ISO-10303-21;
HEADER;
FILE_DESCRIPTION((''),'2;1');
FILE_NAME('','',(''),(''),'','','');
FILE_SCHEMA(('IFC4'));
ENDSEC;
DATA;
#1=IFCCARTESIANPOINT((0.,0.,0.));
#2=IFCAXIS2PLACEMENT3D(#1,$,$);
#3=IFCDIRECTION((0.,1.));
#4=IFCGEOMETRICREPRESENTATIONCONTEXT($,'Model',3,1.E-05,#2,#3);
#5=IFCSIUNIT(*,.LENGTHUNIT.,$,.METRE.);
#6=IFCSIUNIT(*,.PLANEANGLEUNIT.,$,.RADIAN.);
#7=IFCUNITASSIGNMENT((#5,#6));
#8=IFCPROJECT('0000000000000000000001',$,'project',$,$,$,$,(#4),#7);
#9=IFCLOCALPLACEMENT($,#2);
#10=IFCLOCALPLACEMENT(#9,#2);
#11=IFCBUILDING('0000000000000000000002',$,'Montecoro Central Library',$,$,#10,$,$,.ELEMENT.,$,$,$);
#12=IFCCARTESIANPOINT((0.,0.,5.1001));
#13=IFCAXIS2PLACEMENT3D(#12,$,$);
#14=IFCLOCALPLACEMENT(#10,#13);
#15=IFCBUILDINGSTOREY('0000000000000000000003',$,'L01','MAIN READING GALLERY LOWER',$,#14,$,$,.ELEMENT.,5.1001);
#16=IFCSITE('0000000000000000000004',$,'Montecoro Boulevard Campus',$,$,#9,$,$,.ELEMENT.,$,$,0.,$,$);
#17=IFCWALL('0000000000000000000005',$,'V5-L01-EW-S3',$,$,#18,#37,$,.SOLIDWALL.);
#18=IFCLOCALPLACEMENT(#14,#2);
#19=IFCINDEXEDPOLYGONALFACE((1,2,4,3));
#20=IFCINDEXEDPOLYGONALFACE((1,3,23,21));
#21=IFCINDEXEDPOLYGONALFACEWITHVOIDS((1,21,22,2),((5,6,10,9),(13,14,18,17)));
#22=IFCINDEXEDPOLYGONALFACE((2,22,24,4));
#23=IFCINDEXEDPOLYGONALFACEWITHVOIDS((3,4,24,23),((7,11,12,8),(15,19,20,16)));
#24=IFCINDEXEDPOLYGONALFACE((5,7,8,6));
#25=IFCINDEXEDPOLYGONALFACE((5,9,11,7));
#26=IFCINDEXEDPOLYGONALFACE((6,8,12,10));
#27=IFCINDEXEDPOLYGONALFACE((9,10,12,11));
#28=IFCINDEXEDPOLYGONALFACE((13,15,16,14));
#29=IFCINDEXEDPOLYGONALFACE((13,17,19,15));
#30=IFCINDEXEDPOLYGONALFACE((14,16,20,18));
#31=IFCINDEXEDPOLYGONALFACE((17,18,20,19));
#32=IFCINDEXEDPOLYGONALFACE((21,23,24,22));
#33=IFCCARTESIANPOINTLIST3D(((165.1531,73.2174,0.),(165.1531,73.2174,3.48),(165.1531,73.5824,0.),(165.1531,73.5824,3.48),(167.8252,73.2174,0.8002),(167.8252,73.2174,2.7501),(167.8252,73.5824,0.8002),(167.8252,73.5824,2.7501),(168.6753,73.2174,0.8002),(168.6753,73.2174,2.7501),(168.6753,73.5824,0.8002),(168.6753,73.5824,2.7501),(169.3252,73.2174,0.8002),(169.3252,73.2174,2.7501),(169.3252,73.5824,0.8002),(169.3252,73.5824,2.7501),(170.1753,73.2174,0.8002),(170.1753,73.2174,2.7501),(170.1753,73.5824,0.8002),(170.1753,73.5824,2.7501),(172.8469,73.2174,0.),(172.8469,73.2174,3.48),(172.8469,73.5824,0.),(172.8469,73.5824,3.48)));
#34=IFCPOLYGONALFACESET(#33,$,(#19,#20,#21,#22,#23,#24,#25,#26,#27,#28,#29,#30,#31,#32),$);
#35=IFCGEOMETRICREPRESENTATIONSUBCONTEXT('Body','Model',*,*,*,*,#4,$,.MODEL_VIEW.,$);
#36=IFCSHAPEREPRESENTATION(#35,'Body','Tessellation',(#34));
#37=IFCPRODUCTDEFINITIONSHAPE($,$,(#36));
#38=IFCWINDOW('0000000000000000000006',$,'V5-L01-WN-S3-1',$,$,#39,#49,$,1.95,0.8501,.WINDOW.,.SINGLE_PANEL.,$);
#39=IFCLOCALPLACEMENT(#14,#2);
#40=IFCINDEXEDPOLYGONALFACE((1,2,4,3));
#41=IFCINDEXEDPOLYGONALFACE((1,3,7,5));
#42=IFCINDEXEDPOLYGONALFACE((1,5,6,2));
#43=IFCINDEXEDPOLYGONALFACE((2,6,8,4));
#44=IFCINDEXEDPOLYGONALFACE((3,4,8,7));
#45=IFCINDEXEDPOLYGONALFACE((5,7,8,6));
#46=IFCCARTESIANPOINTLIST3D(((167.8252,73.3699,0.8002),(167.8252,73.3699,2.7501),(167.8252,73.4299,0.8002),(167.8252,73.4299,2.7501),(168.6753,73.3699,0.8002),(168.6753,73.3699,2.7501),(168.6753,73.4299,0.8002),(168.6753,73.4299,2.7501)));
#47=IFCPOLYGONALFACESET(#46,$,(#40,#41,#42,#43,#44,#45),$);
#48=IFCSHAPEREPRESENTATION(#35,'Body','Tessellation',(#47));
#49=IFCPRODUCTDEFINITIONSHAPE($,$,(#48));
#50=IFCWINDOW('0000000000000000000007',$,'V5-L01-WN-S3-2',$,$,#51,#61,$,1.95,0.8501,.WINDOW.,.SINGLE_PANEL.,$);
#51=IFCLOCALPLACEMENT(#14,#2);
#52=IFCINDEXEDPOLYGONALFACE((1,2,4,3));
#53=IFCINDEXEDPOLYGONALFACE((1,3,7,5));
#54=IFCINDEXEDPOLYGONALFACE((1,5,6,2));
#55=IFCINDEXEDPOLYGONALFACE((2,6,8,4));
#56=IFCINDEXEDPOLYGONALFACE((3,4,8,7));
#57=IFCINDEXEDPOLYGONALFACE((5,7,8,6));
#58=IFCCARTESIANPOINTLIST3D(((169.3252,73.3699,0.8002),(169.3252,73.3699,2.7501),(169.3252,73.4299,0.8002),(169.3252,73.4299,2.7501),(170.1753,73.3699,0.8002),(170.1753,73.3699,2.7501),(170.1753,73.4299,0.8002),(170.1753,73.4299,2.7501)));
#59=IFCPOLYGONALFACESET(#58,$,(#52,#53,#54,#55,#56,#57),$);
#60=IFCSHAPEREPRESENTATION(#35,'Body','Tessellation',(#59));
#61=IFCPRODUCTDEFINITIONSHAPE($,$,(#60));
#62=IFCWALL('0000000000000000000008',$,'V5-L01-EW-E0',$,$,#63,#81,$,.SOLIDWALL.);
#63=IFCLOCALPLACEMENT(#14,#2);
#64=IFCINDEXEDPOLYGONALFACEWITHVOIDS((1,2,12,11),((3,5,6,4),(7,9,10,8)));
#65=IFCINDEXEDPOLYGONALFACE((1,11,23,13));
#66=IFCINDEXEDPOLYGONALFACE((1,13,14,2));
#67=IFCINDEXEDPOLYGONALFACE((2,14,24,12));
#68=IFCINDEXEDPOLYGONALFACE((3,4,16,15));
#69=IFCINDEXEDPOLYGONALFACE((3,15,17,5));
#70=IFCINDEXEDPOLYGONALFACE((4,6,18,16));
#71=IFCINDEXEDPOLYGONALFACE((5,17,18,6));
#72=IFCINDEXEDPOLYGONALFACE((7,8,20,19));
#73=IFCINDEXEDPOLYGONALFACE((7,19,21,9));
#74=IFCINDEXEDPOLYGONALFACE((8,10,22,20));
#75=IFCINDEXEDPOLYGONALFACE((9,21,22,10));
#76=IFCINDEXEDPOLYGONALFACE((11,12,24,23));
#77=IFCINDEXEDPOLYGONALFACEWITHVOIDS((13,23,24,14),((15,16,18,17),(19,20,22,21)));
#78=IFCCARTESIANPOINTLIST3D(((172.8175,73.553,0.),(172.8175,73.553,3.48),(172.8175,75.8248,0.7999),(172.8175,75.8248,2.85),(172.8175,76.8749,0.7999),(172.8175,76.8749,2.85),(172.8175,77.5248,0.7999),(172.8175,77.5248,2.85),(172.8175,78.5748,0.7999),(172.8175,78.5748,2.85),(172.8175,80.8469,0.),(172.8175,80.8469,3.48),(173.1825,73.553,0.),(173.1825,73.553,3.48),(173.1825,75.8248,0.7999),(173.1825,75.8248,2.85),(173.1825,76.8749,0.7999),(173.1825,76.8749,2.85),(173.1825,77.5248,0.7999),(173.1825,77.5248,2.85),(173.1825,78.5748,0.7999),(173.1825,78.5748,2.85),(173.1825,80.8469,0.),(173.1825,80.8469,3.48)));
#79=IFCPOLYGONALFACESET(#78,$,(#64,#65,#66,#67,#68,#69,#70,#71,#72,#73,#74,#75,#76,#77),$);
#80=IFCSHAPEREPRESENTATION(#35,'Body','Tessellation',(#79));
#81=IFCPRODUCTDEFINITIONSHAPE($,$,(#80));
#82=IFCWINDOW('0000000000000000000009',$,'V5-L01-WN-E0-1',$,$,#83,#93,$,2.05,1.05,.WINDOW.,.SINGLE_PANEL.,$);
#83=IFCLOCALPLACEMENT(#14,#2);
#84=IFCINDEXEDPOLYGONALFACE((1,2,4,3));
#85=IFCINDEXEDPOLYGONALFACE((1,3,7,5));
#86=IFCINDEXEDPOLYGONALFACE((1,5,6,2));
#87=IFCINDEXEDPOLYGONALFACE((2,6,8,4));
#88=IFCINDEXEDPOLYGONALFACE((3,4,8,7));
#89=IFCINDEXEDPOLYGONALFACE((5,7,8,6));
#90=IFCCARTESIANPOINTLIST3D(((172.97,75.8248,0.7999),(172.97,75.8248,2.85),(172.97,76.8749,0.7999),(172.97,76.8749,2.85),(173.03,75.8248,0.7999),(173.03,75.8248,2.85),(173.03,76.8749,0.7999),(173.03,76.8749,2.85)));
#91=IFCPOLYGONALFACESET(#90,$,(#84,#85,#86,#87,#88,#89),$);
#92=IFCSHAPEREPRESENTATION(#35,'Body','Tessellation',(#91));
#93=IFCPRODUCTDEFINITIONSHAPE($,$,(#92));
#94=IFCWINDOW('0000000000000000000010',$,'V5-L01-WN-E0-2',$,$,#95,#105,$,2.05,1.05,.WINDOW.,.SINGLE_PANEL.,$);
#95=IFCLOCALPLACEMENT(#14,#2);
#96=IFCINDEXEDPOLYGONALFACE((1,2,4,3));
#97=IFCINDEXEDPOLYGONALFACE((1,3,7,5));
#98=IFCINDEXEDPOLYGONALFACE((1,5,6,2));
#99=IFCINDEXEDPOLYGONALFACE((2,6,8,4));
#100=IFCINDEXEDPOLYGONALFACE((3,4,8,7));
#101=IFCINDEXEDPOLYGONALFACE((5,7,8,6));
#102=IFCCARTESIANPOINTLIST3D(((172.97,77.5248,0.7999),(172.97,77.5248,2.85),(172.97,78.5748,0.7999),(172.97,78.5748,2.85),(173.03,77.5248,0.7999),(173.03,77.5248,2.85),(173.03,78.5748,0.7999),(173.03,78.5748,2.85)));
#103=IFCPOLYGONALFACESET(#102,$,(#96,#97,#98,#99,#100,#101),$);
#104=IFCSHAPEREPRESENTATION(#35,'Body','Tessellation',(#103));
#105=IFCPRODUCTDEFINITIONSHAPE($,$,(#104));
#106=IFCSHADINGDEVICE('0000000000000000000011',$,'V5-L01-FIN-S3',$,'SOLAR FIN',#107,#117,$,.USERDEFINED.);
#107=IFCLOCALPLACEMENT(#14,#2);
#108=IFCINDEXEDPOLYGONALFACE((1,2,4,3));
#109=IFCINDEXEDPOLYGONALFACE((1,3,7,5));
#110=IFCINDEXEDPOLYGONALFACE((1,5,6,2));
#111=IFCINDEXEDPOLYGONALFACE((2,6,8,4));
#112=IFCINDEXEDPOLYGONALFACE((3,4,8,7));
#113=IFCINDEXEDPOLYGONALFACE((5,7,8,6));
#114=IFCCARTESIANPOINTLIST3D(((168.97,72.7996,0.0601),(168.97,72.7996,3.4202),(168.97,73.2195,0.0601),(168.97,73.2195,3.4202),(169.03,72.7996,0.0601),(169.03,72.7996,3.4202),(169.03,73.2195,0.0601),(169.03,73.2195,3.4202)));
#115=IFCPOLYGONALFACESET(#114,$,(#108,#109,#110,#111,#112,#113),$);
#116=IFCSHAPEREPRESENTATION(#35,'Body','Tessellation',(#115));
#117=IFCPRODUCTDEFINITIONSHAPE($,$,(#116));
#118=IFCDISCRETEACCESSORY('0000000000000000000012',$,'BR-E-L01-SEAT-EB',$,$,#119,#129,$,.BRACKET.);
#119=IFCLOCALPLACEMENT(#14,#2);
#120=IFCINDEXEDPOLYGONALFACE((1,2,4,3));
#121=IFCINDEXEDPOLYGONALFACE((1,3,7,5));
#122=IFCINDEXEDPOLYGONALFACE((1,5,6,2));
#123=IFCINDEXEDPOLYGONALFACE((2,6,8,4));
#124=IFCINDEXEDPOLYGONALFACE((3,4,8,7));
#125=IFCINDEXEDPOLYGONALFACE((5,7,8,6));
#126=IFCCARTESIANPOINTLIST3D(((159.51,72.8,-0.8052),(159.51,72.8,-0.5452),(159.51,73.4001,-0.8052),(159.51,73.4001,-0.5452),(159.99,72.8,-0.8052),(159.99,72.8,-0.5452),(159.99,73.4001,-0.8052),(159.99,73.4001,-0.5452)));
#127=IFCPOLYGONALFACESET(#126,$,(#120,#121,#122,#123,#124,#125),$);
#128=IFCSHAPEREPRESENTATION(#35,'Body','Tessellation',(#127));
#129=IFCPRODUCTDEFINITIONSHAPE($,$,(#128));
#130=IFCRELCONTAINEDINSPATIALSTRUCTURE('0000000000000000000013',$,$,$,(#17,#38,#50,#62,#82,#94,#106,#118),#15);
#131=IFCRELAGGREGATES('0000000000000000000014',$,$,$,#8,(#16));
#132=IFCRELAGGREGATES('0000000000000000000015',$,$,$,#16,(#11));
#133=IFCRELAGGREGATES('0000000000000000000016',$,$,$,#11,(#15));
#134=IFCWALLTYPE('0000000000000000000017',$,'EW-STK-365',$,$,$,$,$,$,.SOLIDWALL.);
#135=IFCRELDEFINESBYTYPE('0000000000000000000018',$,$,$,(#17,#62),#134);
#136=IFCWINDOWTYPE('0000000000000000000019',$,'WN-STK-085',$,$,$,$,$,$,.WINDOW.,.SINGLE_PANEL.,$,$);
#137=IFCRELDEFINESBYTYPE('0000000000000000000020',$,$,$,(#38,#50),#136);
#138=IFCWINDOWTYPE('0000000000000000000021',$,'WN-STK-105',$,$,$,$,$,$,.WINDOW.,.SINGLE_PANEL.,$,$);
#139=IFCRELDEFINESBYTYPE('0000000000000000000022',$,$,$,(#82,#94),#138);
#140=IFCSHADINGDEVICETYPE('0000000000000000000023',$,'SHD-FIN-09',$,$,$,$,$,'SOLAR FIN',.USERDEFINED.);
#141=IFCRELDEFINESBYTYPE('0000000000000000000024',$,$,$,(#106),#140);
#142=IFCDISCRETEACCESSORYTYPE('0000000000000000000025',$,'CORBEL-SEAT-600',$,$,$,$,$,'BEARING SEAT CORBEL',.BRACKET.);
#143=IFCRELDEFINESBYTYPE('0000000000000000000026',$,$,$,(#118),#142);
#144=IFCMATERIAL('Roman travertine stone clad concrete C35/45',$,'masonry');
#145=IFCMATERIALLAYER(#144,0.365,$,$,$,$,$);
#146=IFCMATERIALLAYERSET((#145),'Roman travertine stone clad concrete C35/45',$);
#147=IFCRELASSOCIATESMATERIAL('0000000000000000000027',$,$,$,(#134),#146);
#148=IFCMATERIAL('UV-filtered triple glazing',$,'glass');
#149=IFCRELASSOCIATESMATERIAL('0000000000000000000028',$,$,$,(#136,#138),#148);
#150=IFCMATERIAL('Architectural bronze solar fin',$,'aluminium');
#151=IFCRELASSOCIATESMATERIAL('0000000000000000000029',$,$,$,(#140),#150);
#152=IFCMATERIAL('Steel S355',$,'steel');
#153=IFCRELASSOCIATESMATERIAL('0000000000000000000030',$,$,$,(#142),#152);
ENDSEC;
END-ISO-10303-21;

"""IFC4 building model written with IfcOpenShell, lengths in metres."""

from ifc_helpers import new_model, si_unit, direction, frame, frame_2d, origin, origin_2d, place, context, subcontext, project, spatial, rectangle, extrude, material, layer, layer_set, type_object, element, fill, save


model = new_model("IFC4")

# Units and contexts
model_context = context("Model", 3, precision=1e-05, world=origin(), true_north=direction((0.0, 1.0)))
body_context = subcontext(model_context, "Body", "Model", "MODEL_VIEW")
ifc_project = project(units=[si_unit("LENGTHUNIT", "METRE"), si_unit("PLANEANGLEUNIT", "RADIAN")], contexts=[model_context])

# Site, building, storey
site_placement = place(None, origin())
site = spatial("IfcSite", under=ifc_project, at=site_placement, Name="Montecoro Boulevard Campus", CompositionType="ELEMENT", RefElevation=0.0)
building_placement = place(site_placement, origin())
building = spatial("IfcBuilding", under=site, at=building_placement, Name="Montecoro Central Library", CompositionType="ELEMENT")
storey_placement = place(building_placement, frame((0.0, 0.0, 5.1001)))
storey = spatial("IfcBuildingStorey", under=building, at=storey_placement, Name="L01", Description="MAIN READING GALLERY LOWER", CompositionType="ELEMENT", Elevation=5.1001)

# Shared definitions
ifc_material_1 = material(Name="Steel S355", Category="steel")

# Walls, openings, windows
ifc_material_2 = material(Name="Roman travertine stone clad concrete C35/45", Category="masonry")
ifc_layer_1 = layer(ifc_material_2, 0.365)
ifc_layer_set_1 = layer_set([ifc_layer_1], Name="Roman travertine stone clad concrete C35/45")
wall_type = type_object("IfcWallType", Name="EW-STK-365", PredefinedType="SOLIDWALL", material=ifc_layer_set_1)
wall_1_placement = place(storey_placement, frame((165.1531, 73.3999, 0.0), z_axis=(0.0, 0.0, 1.0), x_axis=(1.0, 0.0, 0.0)))
wall_1 = element("IfcWall", 1, at=wall_1_placement, inside=storey, type_object=wall_type, Name="V5-L01-EW-S3", PredefinedType="SOLIDWALL", context=body_context, shape_type="SweptSolid", body=[
    extrude(rectangle(XDim=7.6938, YDim=0.365, at=frame_2d((3.8469, 0.0))), origin(), (0.0, 0.0, 1.0), 3.48),
])
opening_1_placement = place(wall_1_placement, frame((2.6721, 0.0, 0.8)))
opening_1 = element("IfcOpeningElement", 2, at=opening_1_placement, cuts=wall_1, PredefinedType="OPENING", context=body_context, shape_type="SweptSolid", body=[
    extrude(rectangle(XDim=0.8501, YDim=1.95, at=frame_2d((0.425, 0.9751))), frame((0.0, 0.1924, 0.0), z_axis=(0.0, -1.0, 0.0), x_axis=(1.0, 0.0, 0.0)), (0.0, 0.0, 1.0), 0.385),
])
opening_2_placement = place(wall_1_placement, frame((4.1721, 0.0, 0.8)))
opening_2 = element("IfcOpeningElement", 3, at=opening_2_placement, cuts=wall_1, PredefinedType="OPENING", context=body_context, shape_type="SweptSolid", body=[
    extrude(rectangle(XDim=0.8501, YDim=1.95, at=frame_2d((0.425, 0.9751))), frame((0.0, 0.1924, 0.0), z_axis=(0.0, -1.0, 0.0), x_axis=(1.0, 0.0, 0.0)), (0.0, 0.0, 1.0), 0.385),
])
ifc_material_3 = material(Name="UV-filtered triple glazing", Category="glass")
window_type_1 = type_object("IfcWindowType", Name="WN-STK-085", PartitioningType="SINGLE_PANEL", PredefinedType="WINDOW", material=ifc_material_3)
window_1_placement = place(opening_1_placement, origin())
window_1 = element("IfcWindow", 4, at=window_1_placement, inside=storey, type_object=window_type_1, Name="V5-L01-WN-S3-1", OverallHeight=1.95, OverallWidth=0.8501, PartitioningType="SINGLE_PANEL", PredefinedType="WINDOW", context=body_context, shape_type="SweptSolid", body=[
    extrude(rectangle(XDim=0.8501, YDim=1.95, at=frame_2d((0.425, 0.9751))), frame((0.0, 0.03, 0.0), z_axis=(0.0, -1.0, 0.0), x_axis=(1.0, 0.0, 0.0)), (0.0, 0.0, 1.0), 0.0601),
])
fill(opening_1, window_1)
window_2_placement = place(opening_2_placement, origin())
window_2 = element("IfcWindow", 5, at=window_2_placement, inside=storey, type_object=window_type_1, Name="V5-L01-WN-S3-2", OverallHeight=1.95, OverallWidth=0.8501, PartitioningType="SINGLE_PANEL", PredefinedType="WINDOW", context=body_context, shape_type="SweptSolid", body=[
    extrude(rectangle(XDim=0.8501, YDim=1.95, at=frame_2d((0.425, 0.9751))), frame((0.0, 0.03, 0.0), z_axis=(0.0, -1.0, 0.0), x_axis=(1.0, 0.0, 0.0)), (0.0, 0.0, 1.0), 0.0601),
])
fill(opening_2, window_2)
wall_2_placement = place(storey_placement, frame((173.0, 73.553, 0.0), z_axis=(0.0, 0.0, 1.0), x_axis=(0.0, 1.0, 0.0)))
wall_2 = element("IfcWall", 6, at=wall_2_placement, inside=storey, type_object=wall_type, Name="V5-L01-EW-E0", PredefinedType="SOLIDWALL", context=body_context, shape_type="SweptSolid", body=[
    extrude(rectangle(XDim=7.2939, YDim=0.365, at=frame_2d((3.647, 0.0))), origin(), (0.0, 0.0, 1.0), 3.48),
])
opening_3_placement = place(wall_2_placement, frame((2.272, 0.0, 0.8)))
opening_3 = element("IfcOpeningElement", 7, at=opening_3_placement, cuts=wall_2, PredefinedType="OPENING", context=body_context, shape_type="SweptSolid", body=[
    extrude(rectangle(XDim=1.05, YDim=2.05, at=frame_2d((0.5249, 1.0249))), frame((0.0, 0.1924, 0.0), z_axis=(0.0, -1.0, 0.0), x_axis=(1.0, 0.0, 0.0)), (0.0, 0.0, 1.0), 0.385),
])
opening_4_placement = place(wall_2_placement, frame((3.9719, 0.0, 0.8)))
opening_4 = element("IfcOpeningElement", 8, at=opening_4_placement, cuts=wall_2, PredefinedType="OPENING", context=body_context, shape_type="SweptSolid", body=[
    extrude(rectangle(XDim=1.05, YDim=2.05, at=frame_2d((0.5249, 1.0249))), frame((0.0, 0.1924, 0.0), z_axis=(0.0, -1.0, 0.0), x_axis=(1.0, 0.0, 0.0)), (0.0, 0.0, 1.0), 0.385),
])
window_type_2 = type_object("IfcWindowType", Name="WN-STK-105", PartitioningType="SINGLE_PANEL", PredefinedType="WINDOW", material=ifc_material_3)
window_3_placement = place(opening_3_placement, origin())
window_3 = element("IfcWindow", 9, at=window_3_placement, inside=storey, type_object=window_type_2, Name="V5-L01-WN-E0-1", OverallHeight=2.05, OverallWidth=1.05, PartitioningType="SINGLE_PANEL", PredefinedType="WINDOW", context=body_context, shape_type="SweptSolid", body=[
    extrude(rectangle(XDim=1.05, YDim=2.05, at=frame_2d((0.5249, 1.0249))), frame((0.0, 0.03, 0.0), z_axis=(0.0, -1.0, 0.0), x_axis=(1.0, 0.0, 0.0)), (0.0, 0.0, 1.0), 0.0601),
])
fill(opening_3, window_3)
window_4_placement = place(opening_4_placement, origin())
window_4 = element("IfcWindow", 10, at=window_4_placement, inside=storey, type_object=window_type_2, Name="V5-L01-WN-E0-2", OverallHeight=2.05, OverallWidth=1.05, PartitioningType="SINGLE_PANEL", PredefinedType="WINDOW", context=body_context, shape_type="SweptSolid", body=[
    extrude(rectangle(XDim=1.05, YDim=2.05, at=frame_2d((0.5249, 1.0249))), frame((0.0, 0.03, 0.0), z_axis=(0.0, -1.0, 0.0), x_axis=(1.0, 0.0, 0.0)), (0.0, 0.0, 1.0), 0.0601),
])
fill(opening_4, window_4)

# Shading device
ifc_material_4 = material(Name="Architectural bronze solar fin", Category="aluminium")
shading_device_type = type_object("IfcShadingDeviceType", Name="SHD-FIN-09", ElementType="SOLAR FIN", PredefinedType="USERDEFINED", material=ifc_material_4)
shading_device_placement = place(storey_placement, frame((169.0, 73.0095, 0.0601), z_axis=(0.0, 0.0, 1.0), x_axis=(1.0, 0.0, 0.0)))
element("IfcShadingDevice", 11, at=shading_device_placement, inside=storey, type_object=shading_device_type, Name="V5-L01-FIN-S3", ObjectType="SOLAR FIN", PredefinedType="USERDEFINED", context=body_context, shape_type="SweptSolid", body=[
    extrude(rectangle(XDim=0.0601, YDim=0.4199, at=origin_2d()), origin(), (0.0, 0.0, 1.0), 3.3601),
])

# Discrete accessory
discrete_accessory_type = type_object("IfcDiscreteAccessoryType", Name="CORBEL-SEAT-600", ElementType="BEARING SEAT CORBEL", PredefinedType="BRACKET", material=ifc_material_1)
discrete_accessory_placement = place(storey_placement, frame((159.75, 73.1001, -0.8052), z_axis=(0.0, 0.0, 1.0), x_axis=(1.0, 0.0, 0.0)))
element("IfcDiscreteAccessory", 12, at=discrete_accessory_placement, inside=storey, type_object=discrete_accessory_type, Name="BR-E-L01-SEAT-EB", PredefinedType="BRACKET", context=body_context, shape_type="SweptSolid", body=[
    extrude(rectangle(XDim=0.48, YDim=0.6001, at=origin_2d()), origin(), (0.0, 0.0, 1.0), 0.26),
])

save(model, "model.ifc")
